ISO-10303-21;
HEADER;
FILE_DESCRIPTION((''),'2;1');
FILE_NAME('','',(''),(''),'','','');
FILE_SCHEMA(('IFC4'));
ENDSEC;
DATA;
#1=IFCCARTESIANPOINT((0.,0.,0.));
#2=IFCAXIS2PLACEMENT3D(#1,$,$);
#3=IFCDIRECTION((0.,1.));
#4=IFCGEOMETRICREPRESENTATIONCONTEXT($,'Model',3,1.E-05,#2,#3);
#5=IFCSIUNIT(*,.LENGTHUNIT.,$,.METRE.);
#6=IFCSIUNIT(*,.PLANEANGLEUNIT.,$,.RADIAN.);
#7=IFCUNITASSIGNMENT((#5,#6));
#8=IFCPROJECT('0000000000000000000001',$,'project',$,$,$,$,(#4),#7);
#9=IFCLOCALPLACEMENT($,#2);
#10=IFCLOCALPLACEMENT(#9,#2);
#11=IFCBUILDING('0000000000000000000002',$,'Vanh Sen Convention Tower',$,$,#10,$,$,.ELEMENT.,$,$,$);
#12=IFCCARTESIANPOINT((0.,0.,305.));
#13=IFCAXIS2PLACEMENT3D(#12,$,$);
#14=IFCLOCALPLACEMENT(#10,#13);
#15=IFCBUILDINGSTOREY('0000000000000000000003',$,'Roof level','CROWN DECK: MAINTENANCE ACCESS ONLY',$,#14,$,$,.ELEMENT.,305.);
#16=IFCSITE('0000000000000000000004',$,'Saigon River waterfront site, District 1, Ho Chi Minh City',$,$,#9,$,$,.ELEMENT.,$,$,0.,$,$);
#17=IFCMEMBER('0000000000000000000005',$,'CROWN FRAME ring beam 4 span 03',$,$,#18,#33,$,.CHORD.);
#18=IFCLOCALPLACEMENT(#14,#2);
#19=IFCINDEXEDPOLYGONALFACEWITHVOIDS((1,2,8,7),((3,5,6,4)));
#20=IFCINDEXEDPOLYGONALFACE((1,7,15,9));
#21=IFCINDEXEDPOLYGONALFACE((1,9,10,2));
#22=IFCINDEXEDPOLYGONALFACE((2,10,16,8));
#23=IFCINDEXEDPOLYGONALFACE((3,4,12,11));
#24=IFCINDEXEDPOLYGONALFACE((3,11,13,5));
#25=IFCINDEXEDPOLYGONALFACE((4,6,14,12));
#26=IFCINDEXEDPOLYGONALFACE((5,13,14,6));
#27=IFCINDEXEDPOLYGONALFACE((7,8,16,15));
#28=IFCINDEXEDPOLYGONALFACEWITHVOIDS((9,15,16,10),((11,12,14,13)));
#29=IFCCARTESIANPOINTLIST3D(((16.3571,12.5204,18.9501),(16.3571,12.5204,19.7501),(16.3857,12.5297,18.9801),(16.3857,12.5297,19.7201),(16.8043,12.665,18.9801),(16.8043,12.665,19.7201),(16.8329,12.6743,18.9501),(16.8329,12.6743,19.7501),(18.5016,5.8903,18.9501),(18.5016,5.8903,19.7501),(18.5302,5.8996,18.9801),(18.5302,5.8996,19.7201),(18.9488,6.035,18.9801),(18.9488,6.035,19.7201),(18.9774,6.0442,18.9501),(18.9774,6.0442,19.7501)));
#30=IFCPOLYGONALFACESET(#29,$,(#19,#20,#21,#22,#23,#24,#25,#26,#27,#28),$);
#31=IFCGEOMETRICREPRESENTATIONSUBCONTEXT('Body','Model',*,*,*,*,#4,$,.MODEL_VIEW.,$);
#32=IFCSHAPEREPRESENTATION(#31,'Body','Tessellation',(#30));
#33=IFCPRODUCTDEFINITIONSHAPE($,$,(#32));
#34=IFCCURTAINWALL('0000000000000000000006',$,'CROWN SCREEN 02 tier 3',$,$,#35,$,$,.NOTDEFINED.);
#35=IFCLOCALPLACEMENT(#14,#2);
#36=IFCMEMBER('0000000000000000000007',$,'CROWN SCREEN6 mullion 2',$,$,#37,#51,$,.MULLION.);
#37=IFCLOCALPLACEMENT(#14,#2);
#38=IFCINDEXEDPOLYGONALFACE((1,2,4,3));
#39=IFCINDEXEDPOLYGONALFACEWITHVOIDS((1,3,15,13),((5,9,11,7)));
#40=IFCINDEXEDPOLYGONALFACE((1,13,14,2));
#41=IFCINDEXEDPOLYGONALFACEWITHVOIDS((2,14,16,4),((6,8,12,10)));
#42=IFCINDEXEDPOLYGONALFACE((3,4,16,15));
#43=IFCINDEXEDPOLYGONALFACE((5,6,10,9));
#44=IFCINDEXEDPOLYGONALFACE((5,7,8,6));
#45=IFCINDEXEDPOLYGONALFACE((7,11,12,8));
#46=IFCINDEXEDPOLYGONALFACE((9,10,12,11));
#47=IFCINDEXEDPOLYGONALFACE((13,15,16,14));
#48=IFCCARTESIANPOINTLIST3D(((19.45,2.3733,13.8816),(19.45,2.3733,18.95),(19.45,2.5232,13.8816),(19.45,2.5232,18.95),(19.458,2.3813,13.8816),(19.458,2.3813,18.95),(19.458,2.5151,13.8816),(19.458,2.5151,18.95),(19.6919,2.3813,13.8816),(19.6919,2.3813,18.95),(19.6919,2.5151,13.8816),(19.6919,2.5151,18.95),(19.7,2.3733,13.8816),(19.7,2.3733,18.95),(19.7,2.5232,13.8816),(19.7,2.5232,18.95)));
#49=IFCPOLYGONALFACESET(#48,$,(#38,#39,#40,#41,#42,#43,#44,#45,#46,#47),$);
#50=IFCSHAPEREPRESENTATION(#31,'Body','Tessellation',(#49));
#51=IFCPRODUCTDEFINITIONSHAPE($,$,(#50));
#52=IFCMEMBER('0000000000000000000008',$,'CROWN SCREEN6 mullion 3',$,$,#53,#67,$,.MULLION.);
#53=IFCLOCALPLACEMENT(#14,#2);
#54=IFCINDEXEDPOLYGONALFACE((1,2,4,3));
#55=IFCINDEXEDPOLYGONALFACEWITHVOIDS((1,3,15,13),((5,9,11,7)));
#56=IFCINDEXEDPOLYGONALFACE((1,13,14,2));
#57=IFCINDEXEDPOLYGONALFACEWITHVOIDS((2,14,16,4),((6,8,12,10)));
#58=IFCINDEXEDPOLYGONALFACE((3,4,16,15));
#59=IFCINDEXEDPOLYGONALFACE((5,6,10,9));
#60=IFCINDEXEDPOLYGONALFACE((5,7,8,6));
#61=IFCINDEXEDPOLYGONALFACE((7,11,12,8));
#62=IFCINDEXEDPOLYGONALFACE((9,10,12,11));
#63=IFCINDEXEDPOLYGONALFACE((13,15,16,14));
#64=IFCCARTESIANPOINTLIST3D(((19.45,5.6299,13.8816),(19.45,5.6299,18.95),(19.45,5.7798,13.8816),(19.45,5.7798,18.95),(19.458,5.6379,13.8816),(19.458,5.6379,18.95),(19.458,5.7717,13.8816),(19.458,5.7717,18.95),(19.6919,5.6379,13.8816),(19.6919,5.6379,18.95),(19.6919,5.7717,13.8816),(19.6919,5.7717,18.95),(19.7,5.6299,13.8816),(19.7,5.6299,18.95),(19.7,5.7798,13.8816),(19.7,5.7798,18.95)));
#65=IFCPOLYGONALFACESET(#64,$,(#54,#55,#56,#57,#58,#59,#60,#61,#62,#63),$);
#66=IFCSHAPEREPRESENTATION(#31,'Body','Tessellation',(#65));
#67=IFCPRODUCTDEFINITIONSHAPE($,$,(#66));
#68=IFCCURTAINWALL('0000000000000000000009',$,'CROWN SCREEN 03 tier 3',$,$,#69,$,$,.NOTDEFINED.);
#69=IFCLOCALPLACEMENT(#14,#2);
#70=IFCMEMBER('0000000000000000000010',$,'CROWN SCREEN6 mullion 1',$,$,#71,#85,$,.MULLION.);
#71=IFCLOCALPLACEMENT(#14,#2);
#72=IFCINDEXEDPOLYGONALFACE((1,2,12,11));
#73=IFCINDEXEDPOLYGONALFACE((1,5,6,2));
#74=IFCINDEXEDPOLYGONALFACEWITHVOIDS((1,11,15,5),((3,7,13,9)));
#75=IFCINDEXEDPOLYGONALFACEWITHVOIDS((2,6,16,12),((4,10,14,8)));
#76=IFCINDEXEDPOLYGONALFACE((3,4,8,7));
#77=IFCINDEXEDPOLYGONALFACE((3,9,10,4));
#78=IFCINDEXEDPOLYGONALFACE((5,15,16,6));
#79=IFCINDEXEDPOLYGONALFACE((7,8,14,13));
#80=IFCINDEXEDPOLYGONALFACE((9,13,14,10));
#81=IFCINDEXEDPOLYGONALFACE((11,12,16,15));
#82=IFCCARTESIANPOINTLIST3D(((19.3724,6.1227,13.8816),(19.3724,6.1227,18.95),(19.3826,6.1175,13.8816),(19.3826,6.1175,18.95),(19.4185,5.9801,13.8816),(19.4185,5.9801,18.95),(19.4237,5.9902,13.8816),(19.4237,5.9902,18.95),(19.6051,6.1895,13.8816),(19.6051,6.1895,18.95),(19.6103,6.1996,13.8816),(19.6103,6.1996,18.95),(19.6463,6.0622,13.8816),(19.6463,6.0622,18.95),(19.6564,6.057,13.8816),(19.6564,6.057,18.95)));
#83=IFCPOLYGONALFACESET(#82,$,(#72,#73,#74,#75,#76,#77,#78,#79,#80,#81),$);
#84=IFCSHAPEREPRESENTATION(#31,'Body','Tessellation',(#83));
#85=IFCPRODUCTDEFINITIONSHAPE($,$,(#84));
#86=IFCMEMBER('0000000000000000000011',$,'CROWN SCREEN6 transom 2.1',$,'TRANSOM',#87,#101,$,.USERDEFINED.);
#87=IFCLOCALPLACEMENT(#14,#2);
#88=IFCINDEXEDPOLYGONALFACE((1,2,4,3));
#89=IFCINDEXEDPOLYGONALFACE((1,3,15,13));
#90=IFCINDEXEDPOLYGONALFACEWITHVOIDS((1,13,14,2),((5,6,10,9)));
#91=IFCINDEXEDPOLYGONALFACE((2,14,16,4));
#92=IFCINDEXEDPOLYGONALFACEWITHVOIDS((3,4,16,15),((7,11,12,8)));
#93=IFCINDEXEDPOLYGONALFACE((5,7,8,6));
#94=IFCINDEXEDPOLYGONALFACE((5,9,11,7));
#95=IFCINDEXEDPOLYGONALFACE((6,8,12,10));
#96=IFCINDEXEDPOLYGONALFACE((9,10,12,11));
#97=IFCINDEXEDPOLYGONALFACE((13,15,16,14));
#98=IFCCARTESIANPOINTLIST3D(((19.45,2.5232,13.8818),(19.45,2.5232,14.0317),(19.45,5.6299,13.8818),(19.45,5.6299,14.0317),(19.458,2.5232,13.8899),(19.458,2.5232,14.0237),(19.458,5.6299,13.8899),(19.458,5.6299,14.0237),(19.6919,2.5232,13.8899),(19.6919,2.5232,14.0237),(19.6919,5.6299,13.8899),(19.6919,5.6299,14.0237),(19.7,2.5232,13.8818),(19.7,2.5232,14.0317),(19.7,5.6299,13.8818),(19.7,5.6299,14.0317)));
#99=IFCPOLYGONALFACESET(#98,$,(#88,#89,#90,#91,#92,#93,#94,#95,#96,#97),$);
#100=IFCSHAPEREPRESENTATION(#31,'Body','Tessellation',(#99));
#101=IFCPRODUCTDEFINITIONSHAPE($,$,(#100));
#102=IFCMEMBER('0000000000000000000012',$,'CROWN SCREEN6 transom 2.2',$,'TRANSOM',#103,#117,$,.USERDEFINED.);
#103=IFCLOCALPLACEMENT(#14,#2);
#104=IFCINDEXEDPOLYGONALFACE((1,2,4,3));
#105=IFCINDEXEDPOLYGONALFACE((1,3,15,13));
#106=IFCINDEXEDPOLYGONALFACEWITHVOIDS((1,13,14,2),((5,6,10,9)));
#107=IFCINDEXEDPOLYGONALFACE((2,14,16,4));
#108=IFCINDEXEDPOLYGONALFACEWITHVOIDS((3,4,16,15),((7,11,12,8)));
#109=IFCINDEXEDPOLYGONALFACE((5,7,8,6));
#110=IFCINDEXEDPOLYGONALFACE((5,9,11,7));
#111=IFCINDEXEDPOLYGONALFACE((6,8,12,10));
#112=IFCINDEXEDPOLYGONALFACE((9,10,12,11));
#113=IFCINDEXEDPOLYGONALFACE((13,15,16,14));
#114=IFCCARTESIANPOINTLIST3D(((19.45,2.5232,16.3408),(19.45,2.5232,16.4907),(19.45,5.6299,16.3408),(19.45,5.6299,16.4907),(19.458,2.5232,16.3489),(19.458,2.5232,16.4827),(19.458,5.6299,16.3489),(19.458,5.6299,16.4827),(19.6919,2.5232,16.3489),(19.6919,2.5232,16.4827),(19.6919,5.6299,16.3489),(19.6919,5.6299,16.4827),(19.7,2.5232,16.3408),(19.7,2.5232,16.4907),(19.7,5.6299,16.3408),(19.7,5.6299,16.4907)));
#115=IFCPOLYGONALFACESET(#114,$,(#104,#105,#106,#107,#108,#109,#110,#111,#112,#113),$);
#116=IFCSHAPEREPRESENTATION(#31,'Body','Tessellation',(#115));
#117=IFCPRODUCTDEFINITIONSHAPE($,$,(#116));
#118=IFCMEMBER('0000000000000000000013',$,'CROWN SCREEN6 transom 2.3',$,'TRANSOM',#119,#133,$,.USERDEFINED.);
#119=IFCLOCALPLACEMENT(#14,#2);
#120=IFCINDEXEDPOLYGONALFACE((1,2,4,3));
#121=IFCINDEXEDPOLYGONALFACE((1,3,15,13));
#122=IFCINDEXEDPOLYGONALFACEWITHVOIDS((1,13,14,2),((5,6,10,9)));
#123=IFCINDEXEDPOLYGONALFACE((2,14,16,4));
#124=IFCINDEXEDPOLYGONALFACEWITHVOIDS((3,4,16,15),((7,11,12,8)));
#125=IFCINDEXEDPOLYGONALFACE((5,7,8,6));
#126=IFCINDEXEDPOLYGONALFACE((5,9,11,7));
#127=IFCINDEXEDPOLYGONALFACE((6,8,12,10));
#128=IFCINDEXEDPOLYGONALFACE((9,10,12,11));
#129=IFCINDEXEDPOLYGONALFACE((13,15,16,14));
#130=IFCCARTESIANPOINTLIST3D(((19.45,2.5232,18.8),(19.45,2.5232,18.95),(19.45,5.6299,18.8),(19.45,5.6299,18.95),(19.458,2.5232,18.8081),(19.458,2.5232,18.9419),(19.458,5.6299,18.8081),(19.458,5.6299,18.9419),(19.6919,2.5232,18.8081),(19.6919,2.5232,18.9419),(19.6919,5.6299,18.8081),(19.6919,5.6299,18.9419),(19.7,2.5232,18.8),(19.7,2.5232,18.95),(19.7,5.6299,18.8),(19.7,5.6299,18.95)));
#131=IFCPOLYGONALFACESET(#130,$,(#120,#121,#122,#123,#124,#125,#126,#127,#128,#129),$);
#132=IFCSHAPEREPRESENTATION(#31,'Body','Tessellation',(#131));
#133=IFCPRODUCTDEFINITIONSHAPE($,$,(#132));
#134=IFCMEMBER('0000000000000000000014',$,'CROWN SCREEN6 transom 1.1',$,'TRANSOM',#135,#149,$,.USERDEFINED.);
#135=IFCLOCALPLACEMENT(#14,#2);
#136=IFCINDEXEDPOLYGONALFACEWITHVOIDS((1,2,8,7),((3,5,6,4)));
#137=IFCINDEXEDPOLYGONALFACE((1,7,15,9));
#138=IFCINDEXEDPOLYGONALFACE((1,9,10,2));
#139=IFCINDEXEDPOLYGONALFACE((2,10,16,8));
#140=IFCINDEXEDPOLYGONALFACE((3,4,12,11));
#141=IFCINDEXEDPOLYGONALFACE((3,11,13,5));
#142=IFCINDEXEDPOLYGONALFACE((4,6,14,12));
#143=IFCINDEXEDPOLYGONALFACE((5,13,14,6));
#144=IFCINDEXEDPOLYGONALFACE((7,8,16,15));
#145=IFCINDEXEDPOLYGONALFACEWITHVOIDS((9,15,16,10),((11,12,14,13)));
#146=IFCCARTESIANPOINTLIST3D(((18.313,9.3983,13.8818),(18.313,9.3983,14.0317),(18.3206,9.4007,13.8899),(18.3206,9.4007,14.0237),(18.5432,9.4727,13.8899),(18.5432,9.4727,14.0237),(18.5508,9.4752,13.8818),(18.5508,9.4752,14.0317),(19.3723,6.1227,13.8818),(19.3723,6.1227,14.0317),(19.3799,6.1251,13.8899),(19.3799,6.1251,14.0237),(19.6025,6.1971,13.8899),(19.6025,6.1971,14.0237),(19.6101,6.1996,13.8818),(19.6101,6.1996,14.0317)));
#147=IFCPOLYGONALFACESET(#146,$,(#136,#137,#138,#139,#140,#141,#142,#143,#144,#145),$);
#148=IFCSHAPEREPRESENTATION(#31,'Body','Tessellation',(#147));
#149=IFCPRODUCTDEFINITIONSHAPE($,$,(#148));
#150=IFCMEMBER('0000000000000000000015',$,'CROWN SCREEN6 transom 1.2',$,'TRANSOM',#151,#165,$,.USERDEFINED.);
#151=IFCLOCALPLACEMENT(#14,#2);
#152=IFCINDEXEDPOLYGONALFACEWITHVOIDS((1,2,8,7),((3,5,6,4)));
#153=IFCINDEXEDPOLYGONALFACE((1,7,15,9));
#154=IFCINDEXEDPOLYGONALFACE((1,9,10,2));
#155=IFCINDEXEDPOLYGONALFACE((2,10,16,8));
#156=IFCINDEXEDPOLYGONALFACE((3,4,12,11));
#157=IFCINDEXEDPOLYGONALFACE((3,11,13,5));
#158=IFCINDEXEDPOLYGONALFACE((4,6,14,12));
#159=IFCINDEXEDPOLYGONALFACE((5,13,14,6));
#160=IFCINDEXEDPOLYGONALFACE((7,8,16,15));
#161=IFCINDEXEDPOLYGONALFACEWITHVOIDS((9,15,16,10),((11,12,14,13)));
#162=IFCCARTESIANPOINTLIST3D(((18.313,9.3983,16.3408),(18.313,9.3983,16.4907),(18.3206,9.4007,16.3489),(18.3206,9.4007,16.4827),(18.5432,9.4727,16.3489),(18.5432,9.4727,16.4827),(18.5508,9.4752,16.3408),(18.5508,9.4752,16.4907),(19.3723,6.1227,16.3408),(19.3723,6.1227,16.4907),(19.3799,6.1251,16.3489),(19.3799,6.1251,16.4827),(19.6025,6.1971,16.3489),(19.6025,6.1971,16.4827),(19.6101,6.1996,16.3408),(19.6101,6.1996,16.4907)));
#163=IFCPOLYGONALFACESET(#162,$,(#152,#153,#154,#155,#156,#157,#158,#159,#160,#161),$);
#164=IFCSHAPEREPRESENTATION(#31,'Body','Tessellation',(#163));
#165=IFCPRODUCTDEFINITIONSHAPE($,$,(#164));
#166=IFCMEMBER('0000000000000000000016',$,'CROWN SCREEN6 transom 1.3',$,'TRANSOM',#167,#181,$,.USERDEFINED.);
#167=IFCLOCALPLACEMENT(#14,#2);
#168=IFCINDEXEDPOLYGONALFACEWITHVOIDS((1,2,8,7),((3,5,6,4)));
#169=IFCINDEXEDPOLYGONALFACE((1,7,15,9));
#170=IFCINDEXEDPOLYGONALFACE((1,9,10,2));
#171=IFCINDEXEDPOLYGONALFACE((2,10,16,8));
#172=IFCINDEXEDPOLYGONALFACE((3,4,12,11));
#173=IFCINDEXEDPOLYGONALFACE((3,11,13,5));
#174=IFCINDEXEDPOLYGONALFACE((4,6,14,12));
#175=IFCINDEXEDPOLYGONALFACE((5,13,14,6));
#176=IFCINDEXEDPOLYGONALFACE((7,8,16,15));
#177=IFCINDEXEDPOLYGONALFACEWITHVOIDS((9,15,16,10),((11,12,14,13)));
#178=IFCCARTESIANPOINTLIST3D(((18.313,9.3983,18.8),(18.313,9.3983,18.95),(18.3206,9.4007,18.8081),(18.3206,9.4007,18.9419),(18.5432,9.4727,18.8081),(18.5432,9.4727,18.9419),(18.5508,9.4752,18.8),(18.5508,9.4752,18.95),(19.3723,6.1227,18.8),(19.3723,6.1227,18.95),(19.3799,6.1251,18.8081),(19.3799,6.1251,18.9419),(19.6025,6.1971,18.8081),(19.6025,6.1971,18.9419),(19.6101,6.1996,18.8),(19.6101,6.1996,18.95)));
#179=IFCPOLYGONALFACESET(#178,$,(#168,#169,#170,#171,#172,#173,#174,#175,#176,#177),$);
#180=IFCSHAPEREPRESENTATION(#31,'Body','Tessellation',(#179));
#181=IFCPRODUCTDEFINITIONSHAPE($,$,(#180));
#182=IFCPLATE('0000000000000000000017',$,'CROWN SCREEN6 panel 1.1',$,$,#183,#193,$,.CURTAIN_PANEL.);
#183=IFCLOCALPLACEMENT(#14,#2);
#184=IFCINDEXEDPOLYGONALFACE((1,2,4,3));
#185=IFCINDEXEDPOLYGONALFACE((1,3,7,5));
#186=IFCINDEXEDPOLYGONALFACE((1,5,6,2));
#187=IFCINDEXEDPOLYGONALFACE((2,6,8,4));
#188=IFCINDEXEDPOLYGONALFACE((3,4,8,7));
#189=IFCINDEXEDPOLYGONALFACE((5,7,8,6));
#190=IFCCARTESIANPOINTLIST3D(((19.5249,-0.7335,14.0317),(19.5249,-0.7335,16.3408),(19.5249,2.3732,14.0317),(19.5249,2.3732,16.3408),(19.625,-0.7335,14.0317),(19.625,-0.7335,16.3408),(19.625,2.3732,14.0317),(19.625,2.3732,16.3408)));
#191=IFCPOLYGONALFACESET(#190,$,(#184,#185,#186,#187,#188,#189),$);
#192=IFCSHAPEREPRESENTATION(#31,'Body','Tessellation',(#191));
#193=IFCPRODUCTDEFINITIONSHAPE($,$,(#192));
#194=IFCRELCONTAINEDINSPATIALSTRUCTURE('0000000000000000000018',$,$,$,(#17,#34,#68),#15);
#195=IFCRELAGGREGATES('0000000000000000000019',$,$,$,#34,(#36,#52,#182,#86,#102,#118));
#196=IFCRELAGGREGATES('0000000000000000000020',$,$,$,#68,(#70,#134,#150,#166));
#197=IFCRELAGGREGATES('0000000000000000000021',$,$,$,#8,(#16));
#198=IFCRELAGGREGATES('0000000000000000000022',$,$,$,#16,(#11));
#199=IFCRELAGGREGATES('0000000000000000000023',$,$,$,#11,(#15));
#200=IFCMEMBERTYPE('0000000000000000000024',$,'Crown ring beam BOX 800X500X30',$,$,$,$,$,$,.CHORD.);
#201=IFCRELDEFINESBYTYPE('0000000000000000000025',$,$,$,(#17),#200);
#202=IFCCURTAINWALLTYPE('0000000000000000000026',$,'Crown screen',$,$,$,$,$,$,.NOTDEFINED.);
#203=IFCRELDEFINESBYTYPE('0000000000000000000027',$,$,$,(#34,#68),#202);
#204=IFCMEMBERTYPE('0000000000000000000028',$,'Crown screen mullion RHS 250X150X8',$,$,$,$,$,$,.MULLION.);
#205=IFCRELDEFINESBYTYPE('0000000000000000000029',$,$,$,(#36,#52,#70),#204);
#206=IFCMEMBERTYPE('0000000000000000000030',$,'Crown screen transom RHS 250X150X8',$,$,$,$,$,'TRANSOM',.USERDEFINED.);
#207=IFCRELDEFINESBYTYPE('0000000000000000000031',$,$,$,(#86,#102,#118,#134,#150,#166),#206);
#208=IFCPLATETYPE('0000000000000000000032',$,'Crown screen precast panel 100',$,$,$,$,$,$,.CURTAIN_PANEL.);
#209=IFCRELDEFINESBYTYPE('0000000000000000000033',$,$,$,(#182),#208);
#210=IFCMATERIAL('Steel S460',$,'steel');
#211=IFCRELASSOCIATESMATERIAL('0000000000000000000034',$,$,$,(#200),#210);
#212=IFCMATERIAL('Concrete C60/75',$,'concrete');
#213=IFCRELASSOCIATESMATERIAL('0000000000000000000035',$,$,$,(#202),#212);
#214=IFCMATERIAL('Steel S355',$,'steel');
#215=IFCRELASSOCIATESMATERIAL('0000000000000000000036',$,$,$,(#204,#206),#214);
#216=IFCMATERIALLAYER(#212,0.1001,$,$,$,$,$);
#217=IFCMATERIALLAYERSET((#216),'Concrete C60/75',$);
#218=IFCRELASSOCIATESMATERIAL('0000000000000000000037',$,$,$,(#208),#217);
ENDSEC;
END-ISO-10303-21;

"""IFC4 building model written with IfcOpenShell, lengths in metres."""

from ifc_helpers import new_model, si_unit, direction, frame, origin, origin_2d, place, context, subcontext, project, spatial, rectangle, hollow_rectangle, extrude, material, layer, layer_set, material_profile, profile_set, type_object, element, aggregate, save


model = new_model("IFC4")

# Units and contexts
model_context = context("Model", 3, precision=1e-05, world=origin(), true_north=direction((0.0, 1.0)))
body_context = subcontext(model_context, "Body", "Model", "MODEL_VIEW")
ifc_project = project(units=[si_unit("LENGTHUNIT", "METRE"), si_unit("PLANEANGLEUNIT", "RADIAN")], contexts=[model_context])

# Site, building, storey
site_placement = place(None, origin())
site = spatial("IfcSite", under=ifc_project, at=site_placement, Name="Saigon River waterfront site, District 1, Ho Chi Minh City", CompositionType="ELEMENT", RefElevation=0.0)
building_placement = place(site_placement, origin())
building = spatial("IfcBuilding", under=site, at=building_placement, Name="Vanh Sen Convention Tower", CompositionType="ELEMENT")
storey_placement = place(building_placement, frame((0.0, 0.0, 305.0)))
storey = spatial("IfcBuildingStorey", under=building, at=storey_placement, Name="Roof level", Description="CROWN DECK: MAINTENANCE ACCESS ONLY", CompositionType="ELEMENT", Elevation=305.0)

# Member
ifc_material_1 = material(Name="Steel S460", Category="steel")
ifc_material_profile_1 = material_profile(ifc_material_1, hollow_rectangle(XDim=0.5, YDim=0.8, WallThickness=0.03, at=origin_2d()), Name="BOX 800X500X30")
ifc_profile_set_1 = profile_set([ifc_material_profile_1], Name="Steel S460")
member_type_1 = type_object("IfcMemberType", Name="Crown ring beam BOX 800X500X30", PredefinedType="CHORD", material=ifc_profile_set_1)
member_1_placement = place(storey_placement, frame((18.7395, 5.9673, 19.3501), z_axis=(-0.307754, 0.951466, 0.0), x_axis=(-0.951466, -0.307754, 0.0)))
element("IfcMember", 1, at=member_1_placement, inside=storey, type_object=member_type_1, Name="CROWN FRAME ring beam 4 span 03", PredefinedType="CHORD", context=body_context, shape_type="SweptSolid", body=[
    extrude(hollow_rectangle(XDim=0.5, YDim=0.8, WallThickness=0.03, at=origin_2d()), origin(), (0.0, 0.0, 1.0), 6.9683),
])

# Curtain wall, members
ifc_material_2 = material(Name="Concrete C60/75", Category="concrete")
curtain_wall_type = type_object("IfcCurtainWallType", Name="Crown screen", PredefinedType="NOTDEFINED", material=ifc_material_2)
curtain_wall_1_placement = place(storey_placement, origin())
curtain_wall_1 = element("IfcCurtainWall", 2, at=curtain_wall_1_placement, inside=storey, type_object=curtain_wall_type, Name="CROWN SCREEN 02 tier 3", PredefinedType="NOTDEFINED")
ifc_material_3 = material(Name="Steel S355", Category="steel")
ifc_material_profile_2 = material_profile(ifc_material_3, hollow_rectangle(XDim=0.25, YDim=0.1499, WallThickness=0.0081, at=origin_2d()), Name="RHS 250X150X8")
ifc_profile_set_2 = profile_set([ifc_material_profile_2], Name="Steel S355")
member_type_2 = type_object("IfcMemberType", Name="Crown screen mullion RHS 250X150X8", PredefinedType="MULLION", material=ifc_profile_set_2)
member_2_placement = place(storey_placement, frame((19.575, 2.4482, 13.8816), z_axis=(0.0, 0.0, 1.0), x_axis=(-1.0, 0.0, 0.0)))
member_2 = element("IfcMember", 3, at=member_2_placement, type_object=member_type_2, Name="CROWN SCREEN6 mullion 2", PredefinedType="MULLION", context=body_context, shape_type="SweptSolid", body=[
    extrude(hollow_rectangle(XDim=0.25, YDim=0.1499, WallThickness=0.0081, at=origin_2d()), origin(), (0.0, 0.0, 1.0), 5.0684),
])
member_3_placement = place(storey_placement, frame((19.575, 5.7048, 13.8816), z_axis=(0.0, 0.0, 1.0), x_axis=(-1.0, 0.0, 0.0)))
member_3 = element("IfcMember", 4, at=member_3_placement, type_object=member_type_2, Name="CROWN SCREEN6 mullion 3", PredefinedType="MULLION", context=body_context, shape_type="SweptSolid", body=[
    extrude(hollow_rectangle(XDim=0.25, YDim=0.1499, WallThickness=0.0081, at=origin_2d()), origin(), (0.0, 0.0, 1.0), 5.0684),
])

# Curtain wall, member
curtain_wall_2_placement = place(storey_placement, origin())
curtain_wall_2 = element("IfcCurtainWall", 5, at=curtain_wall_2_placement, inside=storey, type_object=curtain_wall_type, Name="CROWN SCREEN 03 tier 3", PredefinedType="NOTDEFINED")
member_4_placement = place(storey_placement, frame((19.5144, 6.0898, 13.8816), z_axis=(0.0, 0.0, 1.0), x_axis=(-0.951473, -0.307733, 0.0)))
member_4 = element("IfcMember", 6, at=member_4_placement, type_object=member_type_2, Name="CROWN SCREEN6 mullion 1", PredefinedType="MULLION", context=body_context, shape_type="SweptSolid", body=[
    extrude(hollow_rectangle(XDim=0.25, YDim=0.1499, WallThickness=0.0081, at=origin_2d()), origin(), (0.0, 0.0, 1.0), 5.0684),
])

# Members
ifc_material_profile_3 = material_profile(ifc_material_3, hollow_rectangle(XDim=0.25, YDim=0.1499, WallThickness=0.0081, at=origin_2d()), Name="RHS 250X150X8")
ifc_profile_set_3 = profile_set([ifc_material_profile_3], Name="Steel S355")
member_type_3 = type_object("IfcMemberType", Name="Crown screen transom RHS 250X150X8", ElementType="TRANSOM", PredefinedType="USERDEFINED", material=ifc_profile_set_3)
member_5_placement = place(storey_placement, frame((19.575, 2.5232, 13.9568), z_axis=(0.0, 1.0, 0.0), x_axis=(-1.0, 0.0, 0.0)))
member_5 = element("IfcMember", 7, at=member_5_placement, type_object=member_type_3, Name="CROWN SCREEN6 transom 2.1", ObjectType="TRANSOM", PredefinedType="USERDEFINED", context=body_context, shape_type="SweptSolid", body=[
    extrude(hollow_rectangle(XDim=0.25, YDim=0.1499, WallThickness=0.0081, at=origin_2d()), origin(), (0.0, 0.0, 1.0), 3.1067),
])
member_6_placement = place(storey_placement, frame((19.575, 2.5232, 16.4158), z_axis=(0.0, 1.0, 0.0), x_axis=(-1.0, 0.0, 0.0)))
member_6 = element("IfcMember", 8, at=member_6_placement, type_object=member_type_3, Name="CROWN SCREEN6 transom 2.2", ObjectType="TRANSOM", PredefinedType="USERDEFINED", context=body_context, shape_type="SweptSolid", body=[
    extrude(hollow_rectangle(XDim=0.25, YDim=0.1499, WallThickness=0.0081, at=origin_2d()), origin(), (0.0, 0.0, 1.0), 3.1067),
])
member_7_placement = place(storey_placement, frame((19.575, 2.5232, 18.875), z_axis=(0.0, 1.0, 0.0), x_axis=(-1.0, 0.0, 0.0)))
member_7 = element("IfcMember", 9, at=member_7_placement, type_object=member_type_3, Name="CROWN SCREEN6 transom 2.3", ObjectType="TRANSOM", PredefinedType="USERDEFINED", context=body_context, shape_type="SweptSolid", body=[
    extrude(hollow_rectangle(XDim=0.25, YDim=0.1499, WallThickness=0.0081, at=origin_2d()), origin(), (0.0, 0.0, 1.0), 3.1067),
])
member_8_placement = place(storey_placement, frame((19.4912, 6.1611, 13.9568), z_axis=(-0.307705, 0.951482, 0.0), x_axis=(-0.951482, -0.307705, 0.0)))
member_8 = element("IfcMember", 10, at=member_8_placement, type_object=member_type_3, Name="CROWN SCREEN6 transom 1.1", ObjectType="TRANSOM", PredefinedType="USERDEFINED", context=body_context, shape_type="SweptSolid", body=[
    extrude(hollow_rectangle(XDim=0.25, YDim=0.1499, WallThickness=0.0081, at=origin_2d()), origin(), (0.0, 0.0, 1.0), 3.4426),
])
member_9_placement = place(storey_placement, frame((19.4912, 6.1611, 16.4158), z_axis=(-0.307705, 0.951482, 0.0), x_axis=(-0.951482, -0.307705, 0.0)))
member_9 = element("IfcMember", 11, at=member_9_placement, type_object=member_type_3, Name="CROWN SCREEN6 transom 1.2", ObjectType="TRANSOM", PredefinedType="USERDEFINED", context=body_context, shape_type="SweptSolid", body=[
    extrude(hollow_rectangle(XDim=0.25, YDim=0.1499, WallThickness=0.0081, at=origin_2d()), origin(), (0.0, 0.0, 1.0), 3.4426),
])
member_10_placement = place(storey_placement, frame((19.4912, 6.1611, 18.875), z_axis=(-0.307705, 0.951482, 0.0), x_axis=(-0.951482, -0.307705, 0.0)))
member_10 = element("IfcMember", 12, at=member_10_placement, type_object=member_type_3, Name="CROWN SCREEN6 transom 1.3", ObjectType="TRANSOM", PredefinedType="USERDEFINED", context=body_context, shape_type="SweptSolid", body=[
    extrude(hollow_rectangle(XDim=0.25, YDim=0.1499, WallThickness=0.0081, at=origin_2d()), origin(), (0.0, 0.0, 1.0), 3.4426),
])

# Plate
ifc_layer_1 = layer(ifc_material_2, 0.1001)
ifc_layer_set_1 = layer_set([ifc_layer_1], Name="Concrete C60/75")
plate_type = type_object("IfcPlateType", Name="Crown screen precast panel 100", PredefinedType="CURTAIN_PANEL", material=ifc_layer_set_1)
plate_1_placement = place(storey_placement, frame((19.575, 0.8198, 14.0317), z_axis=(0.0, 0.0, 1.0), x_axis=(0.0, 1.0, 0.0)))
plate_1 = element("IfcPlate", 13, at=plate_1_placement, type_object=plate_type, Name="CROWN SCREEN6 panel 1.1", PredefinedType="CURTAIN_PANEL", context=body_context, shape_type="SweptSolid", body=[
    extrude(rectangle(XDim=3.1067, YDim=0.1001, at=origin_2d()), origin(), (0.0, 0.0, 1.0), 2.3091),
])
aggregate(curtain_wall_1, [member_2, member_3, plate_1, member_5, member_6, member_7])
aggregate(curtain_wall_2, [member_4, member_8, member_9, member_10])

save(model, "model.ifc")
